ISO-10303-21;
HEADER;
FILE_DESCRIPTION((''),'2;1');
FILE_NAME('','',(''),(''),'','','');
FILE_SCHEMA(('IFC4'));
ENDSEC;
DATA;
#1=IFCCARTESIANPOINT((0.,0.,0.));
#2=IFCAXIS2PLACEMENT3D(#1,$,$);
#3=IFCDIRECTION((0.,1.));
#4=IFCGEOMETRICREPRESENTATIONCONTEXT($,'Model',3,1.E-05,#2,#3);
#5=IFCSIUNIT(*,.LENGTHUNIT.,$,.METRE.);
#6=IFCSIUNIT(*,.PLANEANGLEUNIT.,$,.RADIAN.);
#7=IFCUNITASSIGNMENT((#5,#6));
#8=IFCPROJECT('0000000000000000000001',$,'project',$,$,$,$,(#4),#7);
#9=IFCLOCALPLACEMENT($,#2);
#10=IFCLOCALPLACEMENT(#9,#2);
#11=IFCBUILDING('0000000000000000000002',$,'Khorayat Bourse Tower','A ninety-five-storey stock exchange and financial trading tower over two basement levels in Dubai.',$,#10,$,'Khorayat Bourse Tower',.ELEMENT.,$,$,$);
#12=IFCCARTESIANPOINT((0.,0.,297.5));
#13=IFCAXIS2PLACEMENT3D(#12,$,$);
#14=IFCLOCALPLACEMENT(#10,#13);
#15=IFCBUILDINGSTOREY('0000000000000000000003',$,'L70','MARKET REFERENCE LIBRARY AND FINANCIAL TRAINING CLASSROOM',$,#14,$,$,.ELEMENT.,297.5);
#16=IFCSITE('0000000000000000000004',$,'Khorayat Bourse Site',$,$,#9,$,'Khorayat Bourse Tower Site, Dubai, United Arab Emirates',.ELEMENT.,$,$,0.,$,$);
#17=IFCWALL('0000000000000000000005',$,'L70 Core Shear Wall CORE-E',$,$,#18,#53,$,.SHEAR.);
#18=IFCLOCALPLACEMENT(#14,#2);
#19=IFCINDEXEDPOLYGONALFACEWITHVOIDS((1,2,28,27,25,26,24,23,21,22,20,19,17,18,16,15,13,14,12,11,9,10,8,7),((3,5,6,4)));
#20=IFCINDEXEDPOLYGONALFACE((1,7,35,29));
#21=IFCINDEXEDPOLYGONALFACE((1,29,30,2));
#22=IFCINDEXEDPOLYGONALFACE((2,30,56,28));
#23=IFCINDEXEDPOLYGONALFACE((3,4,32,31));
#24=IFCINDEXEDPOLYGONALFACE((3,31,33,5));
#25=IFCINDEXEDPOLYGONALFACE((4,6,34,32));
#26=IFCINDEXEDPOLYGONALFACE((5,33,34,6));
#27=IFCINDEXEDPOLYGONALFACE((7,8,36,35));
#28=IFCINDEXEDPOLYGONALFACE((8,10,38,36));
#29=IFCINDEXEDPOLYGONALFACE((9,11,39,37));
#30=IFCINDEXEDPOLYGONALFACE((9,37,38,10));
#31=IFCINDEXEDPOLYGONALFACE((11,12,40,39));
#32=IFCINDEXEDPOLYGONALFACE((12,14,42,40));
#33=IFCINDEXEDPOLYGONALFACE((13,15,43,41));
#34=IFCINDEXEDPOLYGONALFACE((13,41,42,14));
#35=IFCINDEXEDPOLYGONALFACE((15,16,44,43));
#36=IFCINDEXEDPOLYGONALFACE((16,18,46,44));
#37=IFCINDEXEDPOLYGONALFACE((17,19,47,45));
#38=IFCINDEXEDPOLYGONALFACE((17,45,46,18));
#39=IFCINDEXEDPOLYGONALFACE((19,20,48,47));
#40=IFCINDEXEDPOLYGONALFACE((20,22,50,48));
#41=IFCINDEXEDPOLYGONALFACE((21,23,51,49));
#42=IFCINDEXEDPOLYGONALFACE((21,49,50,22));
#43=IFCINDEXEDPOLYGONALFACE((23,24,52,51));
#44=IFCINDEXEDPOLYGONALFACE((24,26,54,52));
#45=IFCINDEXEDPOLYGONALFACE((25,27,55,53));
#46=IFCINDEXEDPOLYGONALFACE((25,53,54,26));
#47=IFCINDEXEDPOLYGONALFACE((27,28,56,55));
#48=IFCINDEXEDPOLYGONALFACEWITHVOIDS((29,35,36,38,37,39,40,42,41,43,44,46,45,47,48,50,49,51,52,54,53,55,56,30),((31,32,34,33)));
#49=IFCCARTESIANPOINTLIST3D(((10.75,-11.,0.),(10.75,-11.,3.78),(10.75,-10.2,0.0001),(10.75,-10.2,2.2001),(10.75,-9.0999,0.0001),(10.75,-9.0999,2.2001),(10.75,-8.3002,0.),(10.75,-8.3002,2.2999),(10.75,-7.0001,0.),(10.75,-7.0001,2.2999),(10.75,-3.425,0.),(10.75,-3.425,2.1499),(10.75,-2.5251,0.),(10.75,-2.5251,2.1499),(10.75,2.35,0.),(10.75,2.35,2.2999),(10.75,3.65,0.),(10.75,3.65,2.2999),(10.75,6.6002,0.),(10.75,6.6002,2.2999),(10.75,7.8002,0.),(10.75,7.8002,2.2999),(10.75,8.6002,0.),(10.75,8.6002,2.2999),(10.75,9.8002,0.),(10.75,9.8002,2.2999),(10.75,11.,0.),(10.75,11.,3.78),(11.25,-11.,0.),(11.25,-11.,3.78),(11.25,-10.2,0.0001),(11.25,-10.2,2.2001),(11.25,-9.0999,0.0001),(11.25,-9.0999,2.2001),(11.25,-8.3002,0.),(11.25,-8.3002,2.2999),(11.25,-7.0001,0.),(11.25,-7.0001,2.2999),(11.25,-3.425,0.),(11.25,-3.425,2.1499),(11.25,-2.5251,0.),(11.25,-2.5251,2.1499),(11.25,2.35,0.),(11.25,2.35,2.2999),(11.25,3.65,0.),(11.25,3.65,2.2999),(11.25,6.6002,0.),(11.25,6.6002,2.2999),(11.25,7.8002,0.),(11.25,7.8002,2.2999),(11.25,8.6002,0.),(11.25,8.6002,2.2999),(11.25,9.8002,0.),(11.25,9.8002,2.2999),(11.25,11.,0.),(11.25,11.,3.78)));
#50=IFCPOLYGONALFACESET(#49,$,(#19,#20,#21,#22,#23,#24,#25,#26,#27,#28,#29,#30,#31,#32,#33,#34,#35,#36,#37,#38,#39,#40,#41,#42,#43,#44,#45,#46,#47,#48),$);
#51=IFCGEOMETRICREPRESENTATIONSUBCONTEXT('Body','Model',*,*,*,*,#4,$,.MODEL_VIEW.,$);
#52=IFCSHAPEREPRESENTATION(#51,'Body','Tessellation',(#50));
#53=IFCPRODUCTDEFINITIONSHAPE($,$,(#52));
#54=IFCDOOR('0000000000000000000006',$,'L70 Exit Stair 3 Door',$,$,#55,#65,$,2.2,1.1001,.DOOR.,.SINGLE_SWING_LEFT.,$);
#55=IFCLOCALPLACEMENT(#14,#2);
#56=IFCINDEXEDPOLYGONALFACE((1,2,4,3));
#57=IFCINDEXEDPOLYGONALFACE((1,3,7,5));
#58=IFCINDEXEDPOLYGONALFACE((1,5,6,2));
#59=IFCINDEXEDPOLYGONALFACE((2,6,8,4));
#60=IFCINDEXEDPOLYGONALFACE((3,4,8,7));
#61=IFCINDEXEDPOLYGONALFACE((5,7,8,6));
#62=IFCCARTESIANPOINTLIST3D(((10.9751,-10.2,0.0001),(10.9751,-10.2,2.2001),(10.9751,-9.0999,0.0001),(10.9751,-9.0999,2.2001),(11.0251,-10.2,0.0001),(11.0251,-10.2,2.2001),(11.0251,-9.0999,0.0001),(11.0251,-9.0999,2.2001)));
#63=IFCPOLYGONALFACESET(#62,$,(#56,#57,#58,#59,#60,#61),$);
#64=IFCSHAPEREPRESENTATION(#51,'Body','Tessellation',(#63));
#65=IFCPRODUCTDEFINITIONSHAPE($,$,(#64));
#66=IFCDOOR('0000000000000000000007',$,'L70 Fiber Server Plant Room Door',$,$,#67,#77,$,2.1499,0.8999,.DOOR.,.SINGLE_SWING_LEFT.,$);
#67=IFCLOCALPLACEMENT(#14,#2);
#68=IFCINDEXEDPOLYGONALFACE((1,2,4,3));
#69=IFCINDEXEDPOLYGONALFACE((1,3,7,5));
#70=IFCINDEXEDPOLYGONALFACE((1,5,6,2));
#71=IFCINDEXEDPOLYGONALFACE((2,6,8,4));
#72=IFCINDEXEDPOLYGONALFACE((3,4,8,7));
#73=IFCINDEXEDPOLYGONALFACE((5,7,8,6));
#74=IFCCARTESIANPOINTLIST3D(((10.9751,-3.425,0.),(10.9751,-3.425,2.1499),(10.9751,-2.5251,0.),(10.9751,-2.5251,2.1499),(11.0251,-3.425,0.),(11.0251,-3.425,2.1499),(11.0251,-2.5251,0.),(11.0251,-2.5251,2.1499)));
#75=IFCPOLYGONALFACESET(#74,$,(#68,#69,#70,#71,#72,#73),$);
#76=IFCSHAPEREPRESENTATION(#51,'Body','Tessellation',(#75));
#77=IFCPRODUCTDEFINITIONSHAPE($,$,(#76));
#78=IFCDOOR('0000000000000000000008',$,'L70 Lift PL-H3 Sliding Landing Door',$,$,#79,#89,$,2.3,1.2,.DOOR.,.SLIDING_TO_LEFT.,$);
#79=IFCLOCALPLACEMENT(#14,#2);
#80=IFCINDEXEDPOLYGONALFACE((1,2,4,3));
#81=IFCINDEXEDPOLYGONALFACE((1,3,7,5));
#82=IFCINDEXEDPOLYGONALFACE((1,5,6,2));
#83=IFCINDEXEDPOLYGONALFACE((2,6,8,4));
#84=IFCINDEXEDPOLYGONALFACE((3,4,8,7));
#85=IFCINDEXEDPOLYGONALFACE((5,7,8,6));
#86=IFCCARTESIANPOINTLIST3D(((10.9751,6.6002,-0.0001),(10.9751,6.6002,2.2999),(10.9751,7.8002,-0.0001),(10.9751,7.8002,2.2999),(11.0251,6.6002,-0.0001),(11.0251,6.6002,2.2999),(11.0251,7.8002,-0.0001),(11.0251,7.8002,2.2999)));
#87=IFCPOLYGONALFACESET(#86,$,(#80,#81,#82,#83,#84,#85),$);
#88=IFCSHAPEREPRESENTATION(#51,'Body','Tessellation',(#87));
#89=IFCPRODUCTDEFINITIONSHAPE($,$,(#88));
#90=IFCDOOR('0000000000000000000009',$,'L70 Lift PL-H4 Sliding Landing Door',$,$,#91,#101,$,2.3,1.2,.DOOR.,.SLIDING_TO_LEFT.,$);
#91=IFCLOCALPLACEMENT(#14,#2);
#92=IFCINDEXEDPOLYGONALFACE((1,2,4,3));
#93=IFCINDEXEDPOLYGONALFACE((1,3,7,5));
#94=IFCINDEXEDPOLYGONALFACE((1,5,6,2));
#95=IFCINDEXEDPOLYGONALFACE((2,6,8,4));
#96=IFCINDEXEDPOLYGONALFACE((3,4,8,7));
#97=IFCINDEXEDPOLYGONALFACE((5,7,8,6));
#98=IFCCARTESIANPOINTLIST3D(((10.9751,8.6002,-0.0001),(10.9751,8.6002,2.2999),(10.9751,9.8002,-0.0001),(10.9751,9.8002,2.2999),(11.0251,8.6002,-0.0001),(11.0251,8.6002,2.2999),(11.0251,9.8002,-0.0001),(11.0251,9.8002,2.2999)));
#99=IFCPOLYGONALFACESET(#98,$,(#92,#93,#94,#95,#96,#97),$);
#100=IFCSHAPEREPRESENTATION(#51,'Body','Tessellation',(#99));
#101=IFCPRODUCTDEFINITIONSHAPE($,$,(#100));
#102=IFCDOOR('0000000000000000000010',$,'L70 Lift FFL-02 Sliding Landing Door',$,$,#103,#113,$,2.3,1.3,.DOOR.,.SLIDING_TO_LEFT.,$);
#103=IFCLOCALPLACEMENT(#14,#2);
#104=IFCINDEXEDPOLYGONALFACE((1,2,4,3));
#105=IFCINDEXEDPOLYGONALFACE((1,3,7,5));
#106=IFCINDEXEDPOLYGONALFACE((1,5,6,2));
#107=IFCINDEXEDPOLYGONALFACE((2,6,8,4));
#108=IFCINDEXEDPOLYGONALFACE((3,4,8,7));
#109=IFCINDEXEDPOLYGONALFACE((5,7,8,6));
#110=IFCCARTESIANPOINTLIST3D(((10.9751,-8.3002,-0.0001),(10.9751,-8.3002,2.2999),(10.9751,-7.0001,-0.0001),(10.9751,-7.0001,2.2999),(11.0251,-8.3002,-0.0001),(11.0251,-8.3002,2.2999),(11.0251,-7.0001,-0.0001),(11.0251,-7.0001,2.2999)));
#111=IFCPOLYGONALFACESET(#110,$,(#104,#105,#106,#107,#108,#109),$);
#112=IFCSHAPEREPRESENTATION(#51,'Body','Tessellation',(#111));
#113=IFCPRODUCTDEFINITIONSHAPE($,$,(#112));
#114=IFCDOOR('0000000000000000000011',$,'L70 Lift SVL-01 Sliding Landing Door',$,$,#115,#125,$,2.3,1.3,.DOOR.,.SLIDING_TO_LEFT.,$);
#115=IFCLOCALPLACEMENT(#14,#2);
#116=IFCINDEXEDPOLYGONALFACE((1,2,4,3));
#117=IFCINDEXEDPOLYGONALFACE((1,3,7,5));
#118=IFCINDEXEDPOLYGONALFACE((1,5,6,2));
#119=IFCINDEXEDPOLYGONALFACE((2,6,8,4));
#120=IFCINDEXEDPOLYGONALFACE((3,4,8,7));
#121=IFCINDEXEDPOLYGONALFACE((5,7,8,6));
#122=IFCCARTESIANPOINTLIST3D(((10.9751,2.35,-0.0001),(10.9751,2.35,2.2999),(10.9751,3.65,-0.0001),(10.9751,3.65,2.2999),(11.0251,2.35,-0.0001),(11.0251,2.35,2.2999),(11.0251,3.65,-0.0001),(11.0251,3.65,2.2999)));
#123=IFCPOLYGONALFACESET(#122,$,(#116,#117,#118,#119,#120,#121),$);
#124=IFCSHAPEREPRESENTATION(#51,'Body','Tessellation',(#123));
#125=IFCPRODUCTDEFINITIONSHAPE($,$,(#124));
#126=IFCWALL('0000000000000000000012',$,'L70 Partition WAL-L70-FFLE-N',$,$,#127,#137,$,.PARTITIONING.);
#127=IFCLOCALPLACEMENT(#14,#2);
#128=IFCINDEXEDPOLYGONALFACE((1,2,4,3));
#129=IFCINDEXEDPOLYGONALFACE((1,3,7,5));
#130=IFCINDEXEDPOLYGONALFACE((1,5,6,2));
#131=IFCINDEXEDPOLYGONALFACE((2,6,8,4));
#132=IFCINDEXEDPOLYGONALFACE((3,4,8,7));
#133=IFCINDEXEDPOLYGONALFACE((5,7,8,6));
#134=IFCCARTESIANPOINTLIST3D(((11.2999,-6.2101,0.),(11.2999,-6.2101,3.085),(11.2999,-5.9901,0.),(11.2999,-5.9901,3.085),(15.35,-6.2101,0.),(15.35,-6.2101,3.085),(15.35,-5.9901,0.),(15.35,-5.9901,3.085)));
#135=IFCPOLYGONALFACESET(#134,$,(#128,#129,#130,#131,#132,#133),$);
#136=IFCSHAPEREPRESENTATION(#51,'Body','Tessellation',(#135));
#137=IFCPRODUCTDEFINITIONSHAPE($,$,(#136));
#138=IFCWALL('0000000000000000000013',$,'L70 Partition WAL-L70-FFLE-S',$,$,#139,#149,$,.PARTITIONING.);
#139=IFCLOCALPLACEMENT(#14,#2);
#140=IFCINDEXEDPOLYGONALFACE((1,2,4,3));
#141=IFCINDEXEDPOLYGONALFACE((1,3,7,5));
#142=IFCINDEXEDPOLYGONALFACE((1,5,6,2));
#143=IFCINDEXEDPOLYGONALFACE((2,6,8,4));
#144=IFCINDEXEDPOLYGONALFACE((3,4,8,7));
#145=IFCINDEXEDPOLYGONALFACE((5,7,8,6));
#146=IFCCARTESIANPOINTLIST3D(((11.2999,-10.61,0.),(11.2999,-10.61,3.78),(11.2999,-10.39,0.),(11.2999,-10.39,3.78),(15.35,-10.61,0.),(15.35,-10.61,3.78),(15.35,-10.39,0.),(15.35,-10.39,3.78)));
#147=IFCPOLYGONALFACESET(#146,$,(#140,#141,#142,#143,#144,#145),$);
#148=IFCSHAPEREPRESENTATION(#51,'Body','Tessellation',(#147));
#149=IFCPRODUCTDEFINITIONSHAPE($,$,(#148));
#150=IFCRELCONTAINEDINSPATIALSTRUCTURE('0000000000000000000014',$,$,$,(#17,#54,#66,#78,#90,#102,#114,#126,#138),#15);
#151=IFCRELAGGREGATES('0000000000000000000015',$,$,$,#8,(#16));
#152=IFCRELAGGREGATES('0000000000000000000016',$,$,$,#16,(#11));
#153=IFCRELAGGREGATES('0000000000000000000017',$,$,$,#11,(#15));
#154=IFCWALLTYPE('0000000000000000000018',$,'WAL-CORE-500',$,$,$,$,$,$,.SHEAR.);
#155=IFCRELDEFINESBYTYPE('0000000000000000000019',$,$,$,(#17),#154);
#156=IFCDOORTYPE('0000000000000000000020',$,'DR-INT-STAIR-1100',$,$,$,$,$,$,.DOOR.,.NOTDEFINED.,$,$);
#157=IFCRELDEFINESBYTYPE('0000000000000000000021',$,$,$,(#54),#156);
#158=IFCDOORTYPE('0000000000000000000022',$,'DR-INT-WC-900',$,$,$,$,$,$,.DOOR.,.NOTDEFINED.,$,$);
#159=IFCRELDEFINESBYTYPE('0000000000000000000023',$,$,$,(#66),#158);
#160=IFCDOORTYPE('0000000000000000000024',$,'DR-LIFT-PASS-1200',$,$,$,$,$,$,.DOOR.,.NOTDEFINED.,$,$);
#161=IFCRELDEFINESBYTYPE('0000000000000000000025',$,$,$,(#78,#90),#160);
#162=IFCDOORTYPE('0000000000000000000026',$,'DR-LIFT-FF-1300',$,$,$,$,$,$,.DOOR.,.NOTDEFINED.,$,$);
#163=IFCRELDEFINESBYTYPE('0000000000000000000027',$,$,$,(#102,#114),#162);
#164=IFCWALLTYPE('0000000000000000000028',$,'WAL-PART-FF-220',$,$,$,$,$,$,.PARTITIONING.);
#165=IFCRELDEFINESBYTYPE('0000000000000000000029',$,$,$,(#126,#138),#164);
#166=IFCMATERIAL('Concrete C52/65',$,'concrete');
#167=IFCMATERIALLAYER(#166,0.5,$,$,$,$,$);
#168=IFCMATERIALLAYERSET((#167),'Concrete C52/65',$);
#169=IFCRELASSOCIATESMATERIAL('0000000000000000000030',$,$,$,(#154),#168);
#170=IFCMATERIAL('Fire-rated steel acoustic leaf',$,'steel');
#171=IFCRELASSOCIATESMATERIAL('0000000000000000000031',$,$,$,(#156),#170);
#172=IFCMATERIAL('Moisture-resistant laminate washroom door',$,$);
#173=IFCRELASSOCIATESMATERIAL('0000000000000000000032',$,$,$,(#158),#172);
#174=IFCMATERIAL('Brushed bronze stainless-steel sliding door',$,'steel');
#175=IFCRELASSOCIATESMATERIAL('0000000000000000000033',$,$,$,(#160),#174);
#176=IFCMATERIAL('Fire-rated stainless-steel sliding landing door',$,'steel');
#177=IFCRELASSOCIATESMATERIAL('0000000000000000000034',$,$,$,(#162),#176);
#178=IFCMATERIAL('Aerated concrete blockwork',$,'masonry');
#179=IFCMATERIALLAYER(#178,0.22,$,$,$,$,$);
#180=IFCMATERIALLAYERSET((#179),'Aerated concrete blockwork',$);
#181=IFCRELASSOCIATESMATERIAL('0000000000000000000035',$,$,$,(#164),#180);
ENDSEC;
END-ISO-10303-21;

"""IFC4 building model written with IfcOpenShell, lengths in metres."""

from ifc_helpers import new_model, si_unit, direction, frame, frame_2d, origin, place, context, subcontext, project, spatial, rectangle, extrude, source, transform, mapped, material, layer, layer_set, type_object, element, fill, save


model = new_model("IFC4")

# Units and contexts
model_context = context("Model", 3, precision=1e-05, world=origin(), true_north=direction((0.0, 1.0)))
body_context = subcontext(model_context, "Body", "Model", "MODEL_VIEW")
ifc_project = project(units=[si_unit("LENGTHUNIT", "METRE"), si_unit("PLANEANGLEUNIT", "RADIAN")], contexts=[model_context])

# Site, building, storey
site_placement = place(None, origin())
site = spatial("IfcSite", under=ifc_project, at=site_placement, Name="Khorayat Bourse Site", LongName="Khorayat Bourse Tower Site, Dubai, United Arab Emirates", CompositionType="ELEMENT", RefElevation=0.0)
building_placement = place(site_placement, origin())
building = spatial("IfcBuilding", under=site, at=building_placement, Name="Khorayat Bourse Tower", Description="A ninety-five-storey stock exchange and financial trading tower over two basement levels in Dubai.", LongName="Khorayat Bourse Tower", CompositionType="ELEMENT")
storey_placement = place(building_placement, frame((0.0, 0.0, 297.5)))
storey = spatial("IfcBuildingStorey", under=building, at=storey_placement, Name="L70", Description="MARKET REFERENCE LIBRARY AND FINANCIAL TRAINING CLASSROOM", CompositionType="ELEMENT", Elevation=297.5)

# Shared definitions
ifc_material_1 = material(Name="Concrete C52/65", Category="concrete")

# Wall, openings, doors
ifc_layer_1 = layer(ifc_material_1, 0.5)
ifc_layer_set_1 = layer_set([ifc_layer_1], Name="Concrete C52/65")
wall_type_1 = type_object("IfcWallType", Name="WAL-CORE-500", PredefinedType="SHEAR", material=ifc_layer_set_1)
shared_shape_1 = source(origin(), body_context, "Body", "SweptSolid", [
    extrude(rectangle(XDim=22.0, YDim=0.5, at=frame_2d((11.0, 0.0))), origin(), (0.0, 0.0, 1.0), 3.78),
])
wall_1_placement = place(storey_placement, frame((11.0, -11.0, 0.0), z_axis=(0.0, 0.0, 1.0), x_axis=(0.0, 1.0, 0.0)))
wall_1 = element("IfcWall", 1, at=wall_1_placement, inside=storey, type_object=wall_type_1, Name="L70 Core Shear Wall CORE-E", PredefinedType="SHEAR", context=body_context, shape_type="MappedRepresentation", body=[
    mapped(shared_shape_1, transform((0.0, 0.0, 0.0), scale=1.0)),
])
shared_shape_2 = source(origin(), body_context, "Body", "SweptSolid", [
    extrude(rectangle(XDim=1.1001, YDim=2.2, at=frame_2d((0.55, 1.1001))), frame((0.0, 0.26, 0.0), z_axis=(0.0, -1.0, 0.0), x_axis=(1.0, 0.0, 0.0)), (0.0, 0.0, 1.0), 0.52),
])
opening_1_placement = place(wall_1_placement, frame((0.8, 0.0, 0.0)))
opening_1 = element("IfcOpeningElement", 2, at=opening_1_placement, cuts=wall_1, PredefinedType="OPENING", context=body_context, shape_type="MappedRepresentation", body=[
    mapped(shared_shape_2, transform((0.0, 0.0, 0.0), scale=1.0)),
])
shared_shape_3 = source(origin(), body_context, "Body", "SweptSolid", [
    extrude(rectangle(XDim=0.8999, YDim=2.1499, at=frame_2d((0.45, 1.075))), frame((0.0, 0.26, 0.0), z_axis=(0.0, -1.0, 0.0), x_axis=(1.0, 0.0, 0.0)), (0.0, 0.0, 1.0), 0.52),
])
opening_2_placement = place(wall_1_placement, frame((7.575, 0.0, 0.0)))
opening_2 = element("IfcOpeningElement", 3, at=opening_2_placement, cuts=wall_1, PredefinedType="OPENING", context=body_context, shape_type="MappedRepresentation", body=[
    mapped(shared_shape_3, transform((0.0, 0.0, 0.0), scale=1.0)),
])
shared_shape_4 = source(origin(), body_context, "Body", "SweptSolid", [
    extrude(rectangle(XDim=1.2, YDim=2.3, at=frame_2d((0.6001, 1.1499))), frame((0.0, 0.26, 0.0), z_axis=(0.0, -1.0, 0.0), x_axis=(1.0, 0.0, 0.0)), (0.0, 0.0, 1.0), 0.52),
])
opening_3_placement = place(wall_1_placement, frame((17.6001, 0.0, 0.0)))
opening_3 = element("IfcOpeningElement", 4, at=opening_3_placement, cuts=wall_1, PredefinedType="OPENING", context=body_context, shape_type="MappedRepresentation", body=[
    mapped(shared_shape_4, transform((0.0, 0.0, 0.0), scale=1.0)),
])
opening_4_placement = place(wall_1_placement, frame((19.6001, 0.0, 0.0)))
opening_4 = element("IfcOpeningElement", 5, at=opening_4_placement, cuts=wall_1, PredefinedType="OPENING", context=body_context, shape_type="MappedRepresentation", body=[
    mapped(shared_shape_4, transform((0.0, 0.0, 0.0), scale=1.0)),
])
shared_shape_5 = source(origin(), body_context, "Body", "SweptSolid", [
    extrude(rectangle(XDim=1.3, YDim=2.3, at=frame_2d((0.6499, 1.1499))), frame((0.0, 0.26, 0.0), z_axis=(0.0, -1.0, 0.0), x_axis=(1.0, 0.0, 0.0)), (0.0, 0.0, 1.0), 0.52),
])
opening_5_placement = place(wall_1_placement, frame((2.7, 0.0, 0.0)))
opening_5 = element("IfcOpeningElement", 6, at=opening_5_placement, cuts=wall_1, PredefinedType="OPENING", context=body_context, shape_type="MappedRepresentation", body=[
    mapped(shared_shape_5, transform((0.0, 0.0, 0.0), scale=1.0)),
])
opening_6_placement = place(wall_1_placement, frame((13.3501, 0.0, 0.0)))
opening_6 = element("IfcOpeningElement", 7, at=opening_6_placement, cuts=wall_1, PredefinedType="OPENING", context=body_context, shape_type="MappedRepresentation", body=[
    mapped(shared_shape_5, transform((0.0, 0.0, 0.0), scale=1.0)),
])
ifc_material_2 = material(Name="Fire-rated steel acoustic leaf", Category="steel")
door_type_1 = type_object("IfcDoorType", Name="DR-INT-STAIR-1100", OperationType="NOTDEFINED", PredefinedType="DOOR", material=ifc_material_2)
shared_shape_6 = source(origin(), body_context, "Body", "SweptSolid", [
    extrude(rectangle(XDim=1.1001, YDim=2.2, at=frame_2d((0.55, 1.1001))), frame((0.0, 0.0249, 0.0), z_axis=(0.0, -1.0, 0.0), x_axis=(1.0, 0.0, 0.0)), (0.0, 0.0, 1.0), 0.05),
])
door_1_placement = place(opening_1_placement, origin())
door_1 = element("IfcDoor", 8, at=door_1_placement, inside=storey, type_object=door_type_1, Name="L70 Exit Stair 3 Door", OperationType="SINGLE_SWING_LEFT", OverallHeight=2.2, OverallWidth=1.1001, PredefinedType="DOOR", context=body_context, shape_type="MappedRepresentation", body=[
    mapped(shared_shape_6, transform((0.0, 0.0, 0.0), scale=1.0)),
])
fill(opening_1, door_1)
ifc_material_3 = material(Name="Moisture-resistant laminate washroom door")
door_type_2 = type_object("IfcDoorType", Name="DR-INT-WC-900", OperationType="NOTDEFINED", PredefinedType="DOOR", material=ifc_material_3)
shared_shape_7 = source(origin(), body_context, "Body", "SweptSolid", [
    extrude(rectangle(XDim=0.8999, YDim=2.1499, at=frame_2d((0.45, 1.075))), frame((0.0, 0.0249, 0.0), z_axis=(0.0, -1.0, 0.0), x_axis=(1.0, 0.0, 0.0)), (0.0, 0.0, 1.0), 0.05),
])
door_2_placement = place(opening_2_placement, origin())
door_2 = element("IfcDoor", 9, at=door_2_placement, inside=storey, type_object=door_type_2, Name="L70 Fiber Server Plant Room Door", OperationType="SINGLE_SWING_LEFT", OverallHeight=2.1499, OverallWidth=0.8999, PredefinedType="DOOR", context=body_context, shape_type="MappedRepresentation", body=[
    mapped(shared_shape_7, transform((0.0, 0.0, 0.0), scale=1.0)),
])
fill(opening_2, door_2)
ifc_material_4 = material(Name="Brushed bronze stainless-steel sliding door", Category="steel")
door_type_3 = type_object("IfcDoorType", Name="DR-LIFT-PASS-1200", OperationType="NOTDEFINED", PredefinedType="DOOR", material=ifc_material_4)
shared_shape_8 = source(origin(), body_context, "Body", "SweptSolid", [
    extrude(rectangle(XDim=1.2, YDim=2.3, at=frame_2d((0.6001, 1.1499))), frame((0.0, 0.0249, 0.0), z_axis=(0.0, -1.0, 0.0), x_axis=(1.0, 0.0, 0.0)), (0.0, 0.0, 1.0), 0.05),
])
door_3_placement = place(opening_3_placement, origin())
door_3 = element("IfcDoor", 10, at=door_3_placement, inside=storey, type_object=door_type_3, Name="L70 Lift PL-H3 Sliding Landing Door", OperationType="SLIDING_TO_LEFT", OverallHeight=2.3, OverallWidth=1.2, PredefinedType="DOOR", context=body_context, shape_type="MappedRepresentation", body=[
    mapped(shared_shape_8, transform((0.0, 0.0, 0.0), scale=1.0)),
])
fill(opening_3, door_3)
door_4_placement = place(opening_4_placement, origin())
door_4 = element("IfcDoor", 11, at=door_4_placement, inside=storey, type_object=door_type_3, Name="L70 Lift PL-H4 Sliding Landing Door", OperationType="SLIDING_TO_LEFT", OverallHeight=2.3, OverallWidth=1.2, PredefinedType="DOOR", context=body_context, shape_type="MappedRepresentation", body=[
    mapped(shared_shape_8, transform((0.0, 0.0, 0.0), scale=1.0)),
])
fill(opening_4, door_4)
ifc_material_5 = material(Name="Fire-rated stainless-steel sliding landing door", Category="steel")
door_type_4 = type_object("IfcDoorType", Name="DR-LIFT-FF-1300", OperationType="NOTDEFINED", PredefinedType="DOOR", material=ifc_material_5)
shared_shape_9 = source(origin(), body_context, "Body", "SweptSolid", [
    extrude(rectangle(XDim=1.3, YDim=2.3, at=frame_2d((0.6499, 1.1499))), frame((0.0, 0.0249, 0.0), z_axis=(0.0, -1.0, 0.0), x_axis=(1.0, 0.0, 0.0)), (0.0, 0.0, 1.0), 0.05),
])
door_5_placement = place(opening_5_placement, origin())
door_5 = element("IfcDoor", 12, at=door_5_placement, inside=storey, type_object=door_type_4, Name="L70 Lift FFL-02 Sliding Landing Door", OperationType="SLIDING_TO_LEFT", OverallHeight=2.3, OverallWidth=1.3, PredefinedType="DOOR", context=body_context, shape_type="MappedRepresentation", body=[
    mapped(shared_shape_9, transform((0.0, 0.0, 0.0), scale=1.0)),
])
fill(opening_5, door_5)
door_6_placement = place(opening_6_placement, origin())
door_6 = element("IfcDoor", 13, at=door_6_placement, inside=storey, type_object=door_type_4, Name="L70 Lift SVL-01 Sliding Landing Door", OperationType="SLIDING_TO_LEFT", OverallHeight=2.3, OverallWidth=1.3, PredefinedType="DOOR", context=body_context, shape_type="MappedRepresentation", body=[
    mapped(shared_shape_9, transform((0.0, 0.0, 0.0), scale=1.0)),
])
fill(opening_6, door_6)

# Walls
ifc_material_6 = material(Name="Aerated concrete blockwork", Category="masonry")
ifc_layer_2 = layer(ifc_material_6, 0.22)
ifc_layer_set_2 = layer_set([ifc_layer_2], Name="Aerated concrete blockwork")
wall_type_2 = type_object("IfcWallType", Name="WAL-PART-FF-220", PredefinedType="PARTITIONING", material=ifc_layer_set_2)
shared_shape_10 = source(origin(), body_context, "Body", "SweptSolid", [
    extrude(rectangle(XDim=4.05, YDim=0.22, at=frame_2d((2.0249, 0.0))), origin(), (0.0, 0.0, 1.0), 3.085),
])
wall_2_placement = place(storey_placement, frame((11.3, -6.1001, 0.0), z_axis=(0.0, 0.0, 1.0), x_axis=(1.0, 0.0, 0.0)))
element("IfcWall", 14, at=wall_2_placement, inside=storey, type_object=wall_type_2, Name="L70 Partition WAL-L70-FFLE-N", PredefinedType="PARTITIONING", context=body_context, shape_type="MappedRepresentation", body=[
    mapped(shared_shape_10, transform((0.0, 0.0, 0.0), scale=1.0)),
])
shared_shape_11 = source(origin(), body_context, "Body", "SweptSolid", [
    extrude(rectangle(XDim=4.05, YDim=0.22, at=frame_2d((2.0249, 0.0))), origin(), (0.0, 0.0, 1.0), 3.78),
])
wall_3_placement = place(storey_placement, frame((11.3, -10.5, 0.0), z_axis=(0.0, 0.0, 1.0), x_axis=(1.0, 0.0, 0.0)))
element("IfcWall", 15, at=wall_3_placement, inside=storey, type_object=wall_type_2, Name="L70 Partition WAL-L70-FFLE-S", PredefinedType="PARTITIONING", context=body_context, shape_type="MappedRepresentation", body=[
    mapped(shared_shape_11, transform((0.0, 0.0, 0.0), scale=1.0)),
])

save(model, "model.ifc")
